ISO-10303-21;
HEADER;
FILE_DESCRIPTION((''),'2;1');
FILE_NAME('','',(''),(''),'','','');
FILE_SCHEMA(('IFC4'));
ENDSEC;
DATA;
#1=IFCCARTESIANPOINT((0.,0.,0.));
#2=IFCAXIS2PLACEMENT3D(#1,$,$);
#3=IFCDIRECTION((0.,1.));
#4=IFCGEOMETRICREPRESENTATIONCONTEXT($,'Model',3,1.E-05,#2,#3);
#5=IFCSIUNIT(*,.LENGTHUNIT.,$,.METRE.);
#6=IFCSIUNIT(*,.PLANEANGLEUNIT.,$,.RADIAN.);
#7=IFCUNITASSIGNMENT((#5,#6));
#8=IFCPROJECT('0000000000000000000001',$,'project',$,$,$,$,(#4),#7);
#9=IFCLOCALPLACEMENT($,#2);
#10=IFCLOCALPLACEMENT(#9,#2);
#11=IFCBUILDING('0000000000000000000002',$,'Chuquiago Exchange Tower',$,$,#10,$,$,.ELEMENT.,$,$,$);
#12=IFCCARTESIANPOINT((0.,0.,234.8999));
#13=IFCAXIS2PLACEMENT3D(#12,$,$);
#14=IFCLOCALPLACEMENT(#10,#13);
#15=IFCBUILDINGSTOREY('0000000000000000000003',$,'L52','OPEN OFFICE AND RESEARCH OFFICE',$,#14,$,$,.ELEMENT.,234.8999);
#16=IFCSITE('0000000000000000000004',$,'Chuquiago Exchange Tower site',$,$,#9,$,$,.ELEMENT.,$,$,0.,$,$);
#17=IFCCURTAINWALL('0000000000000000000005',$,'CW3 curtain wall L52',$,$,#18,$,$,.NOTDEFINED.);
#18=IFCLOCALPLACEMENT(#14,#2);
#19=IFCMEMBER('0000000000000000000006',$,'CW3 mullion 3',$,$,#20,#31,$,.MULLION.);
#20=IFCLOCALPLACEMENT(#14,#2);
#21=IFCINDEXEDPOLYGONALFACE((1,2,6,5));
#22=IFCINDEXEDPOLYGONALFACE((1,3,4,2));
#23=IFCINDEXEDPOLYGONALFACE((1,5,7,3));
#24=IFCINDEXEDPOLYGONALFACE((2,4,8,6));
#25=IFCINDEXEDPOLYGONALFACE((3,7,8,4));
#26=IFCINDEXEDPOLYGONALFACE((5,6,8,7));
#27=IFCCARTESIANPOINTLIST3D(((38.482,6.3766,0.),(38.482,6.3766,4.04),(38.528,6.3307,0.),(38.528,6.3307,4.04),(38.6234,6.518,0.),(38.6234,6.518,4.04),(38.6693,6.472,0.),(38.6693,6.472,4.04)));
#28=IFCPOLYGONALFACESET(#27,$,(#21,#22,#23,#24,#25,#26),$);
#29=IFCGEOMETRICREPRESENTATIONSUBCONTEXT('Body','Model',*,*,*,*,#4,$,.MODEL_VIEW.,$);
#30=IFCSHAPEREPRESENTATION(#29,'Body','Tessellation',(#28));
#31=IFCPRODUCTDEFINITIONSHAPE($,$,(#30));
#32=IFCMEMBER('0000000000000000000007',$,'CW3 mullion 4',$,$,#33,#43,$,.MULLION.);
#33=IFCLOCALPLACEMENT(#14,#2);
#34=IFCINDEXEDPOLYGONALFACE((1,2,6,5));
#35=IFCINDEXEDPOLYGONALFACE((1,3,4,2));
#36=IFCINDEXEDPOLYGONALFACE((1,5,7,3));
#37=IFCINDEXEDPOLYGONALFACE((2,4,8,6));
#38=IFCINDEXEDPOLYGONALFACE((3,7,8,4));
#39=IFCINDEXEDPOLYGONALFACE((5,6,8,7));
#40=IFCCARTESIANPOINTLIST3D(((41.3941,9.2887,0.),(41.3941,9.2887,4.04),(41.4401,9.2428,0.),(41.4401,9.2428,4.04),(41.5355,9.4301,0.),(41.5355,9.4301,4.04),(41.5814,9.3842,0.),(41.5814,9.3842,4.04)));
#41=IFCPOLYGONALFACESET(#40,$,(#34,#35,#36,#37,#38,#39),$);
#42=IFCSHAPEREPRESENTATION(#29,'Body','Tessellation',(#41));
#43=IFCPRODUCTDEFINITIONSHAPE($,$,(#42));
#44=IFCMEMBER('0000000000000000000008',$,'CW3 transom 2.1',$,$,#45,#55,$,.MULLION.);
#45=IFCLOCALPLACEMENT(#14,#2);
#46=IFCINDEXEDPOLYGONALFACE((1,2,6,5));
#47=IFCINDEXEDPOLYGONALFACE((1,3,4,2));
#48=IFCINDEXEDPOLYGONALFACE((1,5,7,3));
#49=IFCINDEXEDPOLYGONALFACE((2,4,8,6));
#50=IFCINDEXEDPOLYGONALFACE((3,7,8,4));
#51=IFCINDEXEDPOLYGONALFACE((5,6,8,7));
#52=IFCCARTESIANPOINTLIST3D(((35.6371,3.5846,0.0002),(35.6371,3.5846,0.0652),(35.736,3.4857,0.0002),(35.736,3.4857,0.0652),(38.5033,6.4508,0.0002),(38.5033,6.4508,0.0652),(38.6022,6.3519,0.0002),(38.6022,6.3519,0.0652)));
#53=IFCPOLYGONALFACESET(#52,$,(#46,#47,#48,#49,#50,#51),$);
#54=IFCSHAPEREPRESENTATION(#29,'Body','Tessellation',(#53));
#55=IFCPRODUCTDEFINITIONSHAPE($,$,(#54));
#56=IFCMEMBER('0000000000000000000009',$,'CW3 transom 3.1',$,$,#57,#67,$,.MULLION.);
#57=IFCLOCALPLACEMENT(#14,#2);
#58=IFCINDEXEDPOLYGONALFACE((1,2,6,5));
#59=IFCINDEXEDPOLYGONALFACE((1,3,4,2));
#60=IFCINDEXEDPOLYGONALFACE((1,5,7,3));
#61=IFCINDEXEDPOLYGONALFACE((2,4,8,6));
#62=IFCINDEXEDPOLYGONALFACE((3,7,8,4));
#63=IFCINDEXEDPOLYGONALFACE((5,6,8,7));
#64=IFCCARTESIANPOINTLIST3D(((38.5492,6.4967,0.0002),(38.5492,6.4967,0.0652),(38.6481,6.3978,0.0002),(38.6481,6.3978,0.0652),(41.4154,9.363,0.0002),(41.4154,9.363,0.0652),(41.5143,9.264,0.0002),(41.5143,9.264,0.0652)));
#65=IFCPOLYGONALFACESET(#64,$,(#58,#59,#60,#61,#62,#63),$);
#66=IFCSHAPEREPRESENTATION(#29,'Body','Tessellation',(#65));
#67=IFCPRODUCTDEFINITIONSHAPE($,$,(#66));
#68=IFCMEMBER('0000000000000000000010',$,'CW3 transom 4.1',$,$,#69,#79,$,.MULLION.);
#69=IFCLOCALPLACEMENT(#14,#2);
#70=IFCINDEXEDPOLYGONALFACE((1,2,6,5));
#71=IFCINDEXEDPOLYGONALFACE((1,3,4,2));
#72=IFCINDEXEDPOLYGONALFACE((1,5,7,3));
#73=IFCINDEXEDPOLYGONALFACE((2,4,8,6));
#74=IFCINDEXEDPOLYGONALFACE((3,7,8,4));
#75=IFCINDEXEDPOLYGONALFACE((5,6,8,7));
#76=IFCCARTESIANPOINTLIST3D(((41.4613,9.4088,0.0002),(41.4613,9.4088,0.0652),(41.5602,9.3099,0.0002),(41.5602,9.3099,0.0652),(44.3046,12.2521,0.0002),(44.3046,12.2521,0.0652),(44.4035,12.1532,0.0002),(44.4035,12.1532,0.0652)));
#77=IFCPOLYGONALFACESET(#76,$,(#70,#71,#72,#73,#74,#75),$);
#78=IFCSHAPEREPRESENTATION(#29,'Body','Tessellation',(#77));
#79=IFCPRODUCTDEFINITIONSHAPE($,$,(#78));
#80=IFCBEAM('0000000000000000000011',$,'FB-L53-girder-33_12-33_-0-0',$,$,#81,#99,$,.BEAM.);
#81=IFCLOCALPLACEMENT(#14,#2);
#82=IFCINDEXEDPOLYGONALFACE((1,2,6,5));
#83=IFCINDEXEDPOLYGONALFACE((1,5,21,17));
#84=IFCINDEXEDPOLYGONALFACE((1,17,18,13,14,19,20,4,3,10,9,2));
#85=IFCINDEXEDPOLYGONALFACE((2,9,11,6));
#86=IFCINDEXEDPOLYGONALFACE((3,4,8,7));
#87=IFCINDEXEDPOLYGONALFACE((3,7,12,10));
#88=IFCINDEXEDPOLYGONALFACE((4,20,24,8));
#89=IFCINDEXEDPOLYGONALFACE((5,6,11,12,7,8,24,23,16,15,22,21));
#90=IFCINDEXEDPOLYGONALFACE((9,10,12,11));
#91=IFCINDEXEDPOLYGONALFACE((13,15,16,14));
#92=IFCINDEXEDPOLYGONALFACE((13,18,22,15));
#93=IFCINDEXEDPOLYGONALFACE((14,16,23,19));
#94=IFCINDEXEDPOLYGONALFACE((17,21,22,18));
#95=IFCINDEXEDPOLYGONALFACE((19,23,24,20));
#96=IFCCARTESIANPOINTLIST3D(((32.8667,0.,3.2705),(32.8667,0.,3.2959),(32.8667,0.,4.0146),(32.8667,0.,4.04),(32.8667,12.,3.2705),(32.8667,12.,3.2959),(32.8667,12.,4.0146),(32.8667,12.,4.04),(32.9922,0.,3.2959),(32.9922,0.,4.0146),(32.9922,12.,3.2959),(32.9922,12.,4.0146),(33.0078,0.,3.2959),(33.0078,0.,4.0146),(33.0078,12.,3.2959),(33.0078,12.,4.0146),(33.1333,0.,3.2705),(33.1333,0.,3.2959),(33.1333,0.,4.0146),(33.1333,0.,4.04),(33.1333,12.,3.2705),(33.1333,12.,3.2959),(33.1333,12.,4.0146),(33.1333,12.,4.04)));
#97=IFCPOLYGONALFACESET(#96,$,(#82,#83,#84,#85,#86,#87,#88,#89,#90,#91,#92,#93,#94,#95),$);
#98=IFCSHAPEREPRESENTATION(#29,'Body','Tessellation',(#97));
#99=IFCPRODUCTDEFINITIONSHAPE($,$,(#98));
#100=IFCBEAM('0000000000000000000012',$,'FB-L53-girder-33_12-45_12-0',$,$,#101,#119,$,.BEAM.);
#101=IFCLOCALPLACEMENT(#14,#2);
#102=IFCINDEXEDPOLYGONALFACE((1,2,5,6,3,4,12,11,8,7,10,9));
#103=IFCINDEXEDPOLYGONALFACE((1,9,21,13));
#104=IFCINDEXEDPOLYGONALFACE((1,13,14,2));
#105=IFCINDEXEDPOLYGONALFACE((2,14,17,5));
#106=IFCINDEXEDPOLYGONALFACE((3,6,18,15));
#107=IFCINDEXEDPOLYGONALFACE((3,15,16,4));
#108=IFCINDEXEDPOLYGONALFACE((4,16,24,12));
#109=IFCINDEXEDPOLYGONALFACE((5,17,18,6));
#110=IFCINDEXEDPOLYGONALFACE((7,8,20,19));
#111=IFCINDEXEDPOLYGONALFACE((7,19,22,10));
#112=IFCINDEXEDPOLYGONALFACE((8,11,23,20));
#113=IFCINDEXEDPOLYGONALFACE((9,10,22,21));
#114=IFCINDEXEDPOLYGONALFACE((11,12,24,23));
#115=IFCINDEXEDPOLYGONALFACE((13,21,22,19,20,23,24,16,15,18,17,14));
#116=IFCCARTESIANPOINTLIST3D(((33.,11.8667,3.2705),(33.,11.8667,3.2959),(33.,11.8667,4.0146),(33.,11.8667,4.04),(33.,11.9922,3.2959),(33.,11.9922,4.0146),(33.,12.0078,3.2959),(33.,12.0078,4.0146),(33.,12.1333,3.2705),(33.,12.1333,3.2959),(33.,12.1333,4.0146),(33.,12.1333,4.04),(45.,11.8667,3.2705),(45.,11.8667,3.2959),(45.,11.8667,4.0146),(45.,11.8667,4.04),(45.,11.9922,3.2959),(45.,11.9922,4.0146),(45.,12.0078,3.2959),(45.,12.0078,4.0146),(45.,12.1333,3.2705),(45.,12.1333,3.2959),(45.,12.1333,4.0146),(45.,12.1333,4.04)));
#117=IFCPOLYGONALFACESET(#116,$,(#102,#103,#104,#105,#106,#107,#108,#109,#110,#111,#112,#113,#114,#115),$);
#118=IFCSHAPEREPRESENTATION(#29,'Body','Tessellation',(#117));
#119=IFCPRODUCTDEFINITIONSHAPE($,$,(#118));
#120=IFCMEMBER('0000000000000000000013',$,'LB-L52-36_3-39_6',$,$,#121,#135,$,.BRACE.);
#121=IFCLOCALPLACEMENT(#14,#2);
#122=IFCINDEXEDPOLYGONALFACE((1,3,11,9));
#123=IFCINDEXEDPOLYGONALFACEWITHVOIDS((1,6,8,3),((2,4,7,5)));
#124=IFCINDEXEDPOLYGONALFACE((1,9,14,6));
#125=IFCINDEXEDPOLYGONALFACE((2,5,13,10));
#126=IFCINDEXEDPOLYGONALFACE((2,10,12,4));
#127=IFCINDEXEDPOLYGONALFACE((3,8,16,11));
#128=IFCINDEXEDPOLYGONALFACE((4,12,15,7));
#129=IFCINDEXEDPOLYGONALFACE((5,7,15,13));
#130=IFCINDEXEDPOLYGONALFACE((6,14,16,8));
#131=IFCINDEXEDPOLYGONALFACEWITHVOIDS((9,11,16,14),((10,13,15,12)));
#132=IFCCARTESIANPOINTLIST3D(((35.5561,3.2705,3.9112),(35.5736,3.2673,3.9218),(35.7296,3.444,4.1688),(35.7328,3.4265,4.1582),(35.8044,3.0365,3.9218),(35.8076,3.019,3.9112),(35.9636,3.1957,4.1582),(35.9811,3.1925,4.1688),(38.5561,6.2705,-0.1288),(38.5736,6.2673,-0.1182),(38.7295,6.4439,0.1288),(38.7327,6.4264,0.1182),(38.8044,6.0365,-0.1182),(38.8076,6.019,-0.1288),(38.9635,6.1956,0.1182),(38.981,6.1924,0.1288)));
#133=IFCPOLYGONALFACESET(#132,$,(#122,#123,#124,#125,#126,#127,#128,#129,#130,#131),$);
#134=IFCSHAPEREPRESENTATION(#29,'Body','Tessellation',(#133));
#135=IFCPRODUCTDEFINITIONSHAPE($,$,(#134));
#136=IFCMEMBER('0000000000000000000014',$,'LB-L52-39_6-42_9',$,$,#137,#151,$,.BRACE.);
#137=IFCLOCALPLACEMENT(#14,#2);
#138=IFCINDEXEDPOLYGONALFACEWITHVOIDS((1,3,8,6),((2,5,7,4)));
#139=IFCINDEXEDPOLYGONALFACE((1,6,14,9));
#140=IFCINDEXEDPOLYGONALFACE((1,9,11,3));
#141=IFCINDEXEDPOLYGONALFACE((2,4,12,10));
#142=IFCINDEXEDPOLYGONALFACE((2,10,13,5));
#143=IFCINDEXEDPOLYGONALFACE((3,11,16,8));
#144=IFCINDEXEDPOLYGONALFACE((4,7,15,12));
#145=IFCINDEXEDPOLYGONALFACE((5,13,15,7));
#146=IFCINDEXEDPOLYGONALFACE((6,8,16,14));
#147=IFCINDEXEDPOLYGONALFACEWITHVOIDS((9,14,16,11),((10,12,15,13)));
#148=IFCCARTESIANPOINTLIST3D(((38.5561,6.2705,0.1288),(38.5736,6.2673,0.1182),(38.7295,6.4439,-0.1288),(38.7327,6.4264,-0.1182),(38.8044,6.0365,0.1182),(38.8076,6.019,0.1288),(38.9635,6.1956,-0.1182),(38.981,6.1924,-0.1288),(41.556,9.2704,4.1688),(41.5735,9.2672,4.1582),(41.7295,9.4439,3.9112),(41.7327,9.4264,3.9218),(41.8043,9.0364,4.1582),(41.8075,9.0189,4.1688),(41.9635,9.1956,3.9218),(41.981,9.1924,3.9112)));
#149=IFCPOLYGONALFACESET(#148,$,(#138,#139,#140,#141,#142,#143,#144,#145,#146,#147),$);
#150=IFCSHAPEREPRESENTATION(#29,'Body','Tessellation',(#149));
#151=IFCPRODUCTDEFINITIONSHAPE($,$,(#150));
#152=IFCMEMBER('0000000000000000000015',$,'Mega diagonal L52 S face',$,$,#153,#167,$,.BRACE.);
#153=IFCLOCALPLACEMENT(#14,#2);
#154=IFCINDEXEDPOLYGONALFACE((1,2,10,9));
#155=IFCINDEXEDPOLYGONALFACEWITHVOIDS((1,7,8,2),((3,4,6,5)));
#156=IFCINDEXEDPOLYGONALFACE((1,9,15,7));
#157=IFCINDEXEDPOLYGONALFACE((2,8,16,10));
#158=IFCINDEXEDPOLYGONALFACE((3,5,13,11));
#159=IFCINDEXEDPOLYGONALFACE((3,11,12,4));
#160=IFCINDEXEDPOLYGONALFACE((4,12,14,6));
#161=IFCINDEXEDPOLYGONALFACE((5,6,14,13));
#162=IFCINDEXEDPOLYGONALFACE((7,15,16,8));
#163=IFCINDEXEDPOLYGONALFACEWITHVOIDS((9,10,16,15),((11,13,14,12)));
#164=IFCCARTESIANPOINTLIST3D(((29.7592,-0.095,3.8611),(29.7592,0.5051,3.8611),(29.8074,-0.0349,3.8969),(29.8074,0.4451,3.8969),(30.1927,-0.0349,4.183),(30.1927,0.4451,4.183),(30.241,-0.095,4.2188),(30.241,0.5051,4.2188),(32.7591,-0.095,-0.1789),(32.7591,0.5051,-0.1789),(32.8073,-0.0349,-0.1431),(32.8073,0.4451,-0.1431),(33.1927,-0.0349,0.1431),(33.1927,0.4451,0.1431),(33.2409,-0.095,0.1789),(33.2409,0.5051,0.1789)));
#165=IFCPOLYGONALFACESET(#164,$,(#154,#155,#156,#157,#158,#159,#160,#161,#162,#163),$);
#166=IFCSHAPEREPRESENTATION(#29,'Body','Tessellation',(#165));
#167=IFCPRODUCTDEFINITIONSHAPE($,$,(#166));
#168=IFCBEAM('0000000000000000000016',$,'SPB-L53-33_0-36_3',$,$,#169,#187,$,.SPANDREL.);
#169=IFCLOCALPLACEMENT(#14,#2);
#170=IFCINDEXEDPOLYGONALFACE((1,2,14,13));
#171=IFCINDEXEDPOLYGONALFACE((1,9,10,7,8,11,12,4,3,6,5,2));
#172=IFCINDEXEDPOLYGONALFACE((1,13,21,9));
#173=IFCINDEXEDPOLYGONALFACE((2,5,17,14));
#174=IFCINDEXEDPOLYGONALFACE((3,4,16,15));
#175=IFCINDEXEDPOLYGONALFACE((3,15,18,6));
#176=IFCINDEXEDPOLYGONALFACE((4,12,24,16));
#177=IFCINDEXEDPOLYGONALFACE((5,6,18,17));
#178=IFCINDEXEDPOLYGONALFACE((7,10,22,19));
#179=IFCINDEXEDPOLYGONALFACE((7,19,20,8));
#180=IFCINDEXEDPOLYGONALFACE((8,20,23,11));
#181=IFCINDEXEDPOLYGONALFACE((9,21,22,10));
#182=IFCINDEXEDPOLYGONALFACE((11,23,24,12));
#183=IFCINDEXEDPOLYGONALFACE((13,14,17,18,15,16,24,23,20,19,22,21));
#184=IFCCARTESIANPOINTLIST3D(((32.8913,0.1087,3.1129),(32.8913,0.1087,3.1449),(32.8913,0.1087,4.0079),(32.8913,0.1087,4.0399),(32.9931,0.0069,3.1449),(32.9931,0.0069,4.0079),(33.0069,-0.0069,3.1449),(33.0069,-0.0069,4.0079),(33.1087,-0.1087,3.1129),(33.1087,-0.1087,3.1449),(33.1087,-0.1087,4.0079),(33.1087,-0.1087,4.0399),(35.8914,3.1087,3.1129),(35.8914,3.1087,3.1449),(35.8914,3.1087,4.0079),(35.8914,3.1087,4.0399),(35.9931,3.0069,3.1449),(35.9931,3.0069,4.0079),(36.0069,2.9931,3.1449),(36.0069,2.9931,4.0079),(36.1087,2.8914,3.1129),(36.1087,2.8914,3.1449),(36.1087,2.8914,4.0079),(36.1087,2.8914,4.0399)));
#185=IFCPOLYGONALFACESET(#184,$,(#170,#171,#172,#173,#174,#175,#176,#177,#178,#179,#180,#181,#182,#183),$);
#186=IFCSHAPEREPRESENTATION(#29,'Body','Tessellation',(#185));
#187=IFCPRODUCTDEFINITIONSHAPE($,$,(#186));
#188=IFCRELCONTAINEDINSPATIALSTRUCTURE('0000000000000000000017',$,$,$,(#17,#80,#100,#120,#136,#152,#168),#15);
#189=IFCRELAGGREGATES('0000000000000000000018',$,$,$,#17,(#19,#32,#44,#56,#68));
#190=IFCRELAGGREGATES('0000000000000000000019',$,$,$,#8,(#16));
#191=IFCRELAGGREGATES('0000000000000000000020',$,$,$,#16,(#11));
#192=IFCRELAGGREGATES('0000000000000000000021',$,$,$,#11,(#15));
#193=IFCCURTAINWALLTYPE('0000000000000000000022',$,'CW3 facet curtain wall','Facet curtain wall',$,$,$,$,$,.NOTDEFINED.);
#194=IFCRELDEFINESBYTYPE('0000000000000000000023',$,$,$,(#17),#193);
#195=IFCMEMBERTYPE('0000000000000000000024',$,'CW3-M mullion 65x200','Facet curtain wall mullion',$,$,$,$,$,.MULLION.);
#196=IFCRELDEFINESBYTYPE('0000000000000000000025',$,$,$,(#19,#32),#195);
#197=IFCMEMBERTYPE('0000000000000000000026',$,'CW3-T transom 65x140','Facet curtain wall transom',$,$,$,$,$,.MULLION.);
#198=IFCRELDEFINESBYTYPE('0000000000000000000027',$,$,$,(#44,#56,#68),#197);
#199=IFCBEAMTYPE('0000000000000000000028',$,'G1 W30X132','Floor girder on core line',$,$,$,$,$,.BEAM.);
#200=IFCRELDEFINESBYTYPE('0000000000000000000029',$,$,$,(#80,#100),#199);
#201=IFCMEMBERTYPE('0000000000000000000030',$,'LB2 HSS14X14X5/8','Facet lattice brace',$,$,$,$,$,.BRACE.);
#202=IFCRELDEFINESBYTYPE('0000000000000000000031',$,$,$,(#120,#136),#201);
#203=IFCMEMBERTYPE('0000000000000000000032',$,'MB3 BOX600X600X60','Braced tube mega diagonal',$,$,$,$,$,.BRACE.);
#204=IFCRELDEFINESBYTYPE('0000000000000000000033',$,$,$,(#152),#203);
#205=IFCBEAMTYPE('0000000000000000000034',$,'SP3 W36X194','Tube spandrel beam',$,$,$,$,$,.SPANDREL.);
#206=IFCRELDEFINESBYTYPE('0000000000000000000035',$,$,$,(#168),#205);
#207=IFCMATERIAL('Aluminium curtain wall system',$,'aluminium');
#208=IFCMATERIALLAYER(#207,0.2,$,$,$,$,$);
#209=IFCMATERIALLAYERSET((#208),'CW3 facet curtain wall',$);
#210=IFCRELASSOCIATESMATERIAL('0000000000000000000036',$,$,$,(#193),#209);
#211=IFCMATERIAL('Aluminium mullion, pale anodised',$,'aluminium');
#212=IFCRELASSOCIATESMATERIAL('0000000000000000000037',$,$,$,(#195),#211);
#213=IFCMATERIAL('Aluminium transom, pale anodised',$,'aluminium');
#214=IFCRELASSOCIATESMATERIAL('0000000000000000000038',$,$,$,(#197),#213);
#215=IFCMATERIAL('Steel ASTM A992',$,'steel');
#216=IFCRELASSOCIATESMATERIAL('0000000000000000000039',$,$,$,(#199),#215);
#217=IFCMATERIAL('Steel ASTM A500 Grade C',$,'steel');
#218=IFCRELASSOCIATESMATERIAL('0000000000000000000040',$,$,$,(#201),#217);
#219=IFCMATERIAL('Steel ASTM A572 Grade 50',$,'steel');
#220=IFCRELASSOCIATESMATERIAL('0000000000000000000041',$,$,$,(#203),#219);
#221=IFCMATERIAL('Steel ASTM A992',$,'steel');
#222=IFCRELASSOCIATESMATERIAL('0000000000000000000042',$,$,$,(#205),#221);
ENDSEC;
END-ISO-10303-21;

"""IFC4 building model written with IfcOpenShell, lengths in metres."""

from ifc_helpers import new_model, si_unit, direction, frame, origin, origin_2d, place, context, subcontext, project, spatial, rectangle, hollow_rectangle, i_section, extrude, material, layer, layer_set, material_profile, profile_set, type_object, element, aggregate, save


model = new_model("IFC4")

# Units and contexts
model_context = context("Model", 3, precision=1e-05, world=origin(), true_north=direction((0.0, 1.0)))
body_context = subcontext(model_context, "Body", "Model", "MODEL_VIEW")
ifc_project = project(units=[si_unit("LENGTHUNIT", "METRE"), si_unit("PLANEANGLEUNIT", "RADIAN")], contexts=[model_context])

# Site, building, storey
site_placement = place(None, origin())
site = spatial("IfcSite", under=ifc_project, at=site_placement, Name="Chuquiago Exchange Tower site", CompositionType="ELEMENT", RefElevation=0.0)
building_placement = place(site_placement, origin())
building = spatial("IfcBuilding", under=site, at=building_placement, Name="Chuquiago Exchange Tower", CompositionType="ELEMENT")
storey_placement = place(building_placement, frame((0.0, 0.0, 234.8999)))
storey = spatial("IfcBuildingStorey", under=building, at=storey_placement, Name="L52", Description="OPEN OFFICE AND RESEARCH OFFICE", CompositionType="ELEMENT", Elevation=234.8999)

# Curtain wall, members
ifc_material_1 = material(Name="Aluminium curtain wall system", Category="aluminium")
ifc_layer_1 = layer(ifc_material_1, 0.2)
ifc_layer_set_1 = layer_set([ifc_layer_1], Name="CW3 facet curtain wall")
curtain_wall_type = type_object("IfcCurtainWallType", Name="CW3 facet curtain wall", Description="Facet curtain wall", PredefinedType="NOTDEFINED", material=ifc_layer_set_1)
curtain_wall_placement = place(storey_placement, origin())
curtain_wall = element("IfcCurtainWall", 1, at=curtain_wall_placement, inside=storey, type_object=curtain_wall_type, Name="CW3 curtain wall L52", PredefinedType="NOTDEFINED")
ifc_material_2 = material(Name="Aluminium mullion, pale anodised", Category="aluminium")
ifc_material_profile_1 = material_profile(ifc_material_2, rectangle(XDim=0.0649, YDim=0.2, at=origin_2d()), Name="AL 65x200")
ifc_profile_set_1 = profile_set([ifc_material_profile_1], Name="Aluminium mullion, pale anodised")
member_type_1 = type_object("IfcMemberType", Name="CW3-M mullion 65x200", Description="Facet curtain wall mullion", PredefinedType="MULLION", material=ifc_profile_set_1)
member_1_placement = place(storey_placement, frame((38.5757, 6.4243, 0.0), z_axis=(0.0, 0.0, 1.0), x_axis=(-0.707107, 0.707107, 0.0)))
member_1 = element("IfcMember", 2, at=member_1_placement, type_object=member_type_1, Name="CW3 mullion 3", PredefinedType="MULLION", context=body_context, shape_type="SweptSolid", body=[
    extrude(rectangle(XDim=0.0649, YDim=0.2, at=origin_2d()), origin(), (0.0, 0.0, 1.0), 4.04),
])
member_2_placement = place(storey_placement, frame((41.4878, 9.3364, 0.0), z_axis=(0.0, 0.0, 1.0), x_axis=(-0.707107, 0.707107, 0.0)))
member_2 = element("IfcMember", 3, at=member_2_placement, type_object=member_type_1, Name="CW3 mullion 4", PredefinedType="MULLION", context=body_context, shape_type="SweptSolid", body=[
    extrude(rectangle(XDim=0.0649, YDim=0.2, at=origin_2d()), origin(), (0.0, 0.0, 1.0), 4.04),
])
ifc_material_3 = material(Name="Aluminium transom, pale anodised", Category="aluminium")
ifc_material_profile_2 = material_profile(ifc_material_3, rectangle(XDim=0.1399, YDim=0.0649, at=origin_2d()), Name="AL 140x65")
ifc_profile_set_2 = profile_set([ifc_material_profile_2], Name="Aluminium transom, pale anodised")
member_type_2 = type_object("IfcMemberType", Name="CW3-T transom 65x140", Description="Facet curtain wall transom", PredefinedType="MULLION", material=ifc_profile_set_2)
member_3_placement = place(storey_placement, frame((35.6865, 3.5352, 0.0327), z_axis=(0.707107, 0.707107, 0.0), x_axis=(-0.707107, 0.707107, 0.0)))
member_3 = element("IfcMember", 4, at=member_3_placement, type_object=member_type_2, Name="CW3 transom 2.1", PredefinedType="MULLION", context=body_context, shape_type="SweptSolid", body=[
    extrude(rectangle(XDim=0.1399, YDim=0.0649, at=origin_2d()), origin(), (0.0, 0.0, 1.0), 4.0535),
])
member_4_placement = place(storey_placement, frame((38.5986, 6.4473, 0.0327), z_axis=(0.707107, 0.707107, 0.0), x_axis=(-0.707107, 0.707107, 0.0)))
member_4 = element("IfcMember", 5, at=member_4_placement, type_object=member_type_2, Name="CW3 transom 3.1", PredefinedType="MULLION", context=body_context, shape_type="SweptSolid", body=[
    extrude(rectangle(XDim=0.1399, YDim=0.0649, at=origin_2d()), origin(), (0.0, 0.0, 1.0), 4.0535),
])
member_5_placement = place(storey_placement, frame((41.5107, 9.3594, 0.0327), z_axis=(0.707107, 0.707107, 0.0), x_axis=(-0.707107, 0.707107, 0.0)))
member_5 = element("IfcMember", 6, at=member_5_placement, type_object=member_type_2, Name="CW3 transom 4.1", PredefinedType="MULLION", context=body_context, shape_type="SweptSolid", body=[
    extrude(rectangle(XDim=0.1399, YDim=0.0649, at=origin_2d()), origin(), (0.0, 0.0, 1.0), 4.021),
])

# Beams
ifc_material_4 = material(Name="Steel ASTM A992", Category="steel")
ifc_material_profile_3 = material_profile(ifc_material_4, i_section(OverallWidth=0.2666, OverallDepth=0.7695, WebThickness=0.0156, FlangeThickness=0.0254, at=origin_2d()), Name="W30X132")
ifc_profile_set_3 = profile_set([ifc_material_profile_3], Name="Steel ASTM A992")
beam_type_1 = type_object("IfcBeamType", Name="G1 W30X132", Description="Floor girder on core line", PredefinedType="BEAM", material=ifc_profile_set_3)
for number, where, z_axis, x_axis, name in (
    (7, (33.0, 12.0, 3.6553), (0.0, -1.0, 0.0), (1.0, 0.0, 0.0), "FB-L53-girder-33_12-33_-0-0"),
    (8, (33.0, 12.0, 3.6553), (1.0, 0.0, 0.0), (0.0, 1.0, 0.0), "FB-L53-girder-33_12-45_12-0"),
):
    element("IfcBeam", number, at=place(storey_placement, frame(where, z_axis=z_axis, x_axis=x_axis)), inside=storey, type_object=beam_type_1, Name=name, PredefinedType="BEAM", context=body_context, shape_type="SweptSolid", body=[
        extrude(i_section(OverallWidth=0.2666, OverallDepth=0.7695, WebThickness=0.0156, FlangeThickness=0.0254, at=origin_2d()), origin(), (0.0, 0.0, 1.0), 12.0),
    ])

# Members
ifc_material_5 = material(Name="Steel ASTM A500 Grade C", Category="steel")
ifc_material_profile_4 = material_profile(ifc_material_5, hollow_rectangle(XDim=0.3557, YDim=0.3557, WallThickness=0.0146, at=origin_2d()), Name="HSS14X14X5/8")
ifc_profile_set_4 = profile_set([ifc_material_profile_4], Name="Steel ASTM A500 Grade C")
member_type_3 = type_object("IfcMemberType", Name="LB2 HSS14X14X5/8", Description="Facet lattice brace", PredefinedType="BRACE", material=ifc_profile_set_4)
for number, where, z_axis, x_axis, name in (
    (9, (38.7686, 6.2314, 0.0), (-0.512077, -0.512077, 0.689604), (0.707107, -0.707107, 0.0), "LB-L52-36_3-39_6"),
    (10, (38.7686, 6.2314, 0.0), (0.512077, 0.512077, 0.689604), (-0.707107, 0.707107, 0.0), "LB-L52-39_6-42_9"),
):
    element("IfcMember", number, at=place(storey_placement, frame(where, z_axis=z_axis, x_axis=x_axis)), inside=storey, type_object=member_type_3, Name=name, PredefinedType="BRACE", context=body_context, shape_type="SweptSolid", body=[
        extrude(hollow_rectangle(XDim=0.3557, YDim=0.3557, WallThickness=0.0146, at=origin_2d()), origin(), (0.0, 0.0, 1.0), 5.8584),
    ])
ifc_material_6 = material(Name="Steel ASTM A572 Grade 50", Category="steel")
ifc_material_profile_5 = material_profile(ifc_material_6, hollow_rectangle(XDim=0.6001, YDim=0.6001, WallThickness=0.0601, at=origin_2d()), Name="BOX600X600X60")
ifc_profile_set_5 = profile_set([ifc_material_profile_5], Name="Steel ASTM A572 Grade 50")
member_type_4 = type_object("IfcMemberType", Name="MB3 BOX600X600X60", Description="Braced tube mega diagonal", PredefinedType="BRACE", material=ifc_profile_set_5)
member_6_placement = place(storey_placement, frame((33.0, 0.2051, 0.0), z_axis=(-0.596174, 0.0, 0.802855), x_axis=(0.0, -1.0, 0.0)))
element("IfcMember", 11, at=member_6_placement, inside=storey, type_object=member_type_4, Name="Mega diagonal L52 S face", PredefinedType="BRACE", context=body_context, shape_type="SweptSolid", body=[
    extrude(hollow_rectangle(XDim=0.6001, YDim=0.6001, WallThickness=0.0601, at=origin_2d()), origin(), (0.0, 0.0, 1.0), 5.032),
])

# Beam
ifc_material_7 = material(Name="Steel ASTM A992", Category="steel")
ifc_material_profile_6 = material_profile(ifc_material_7, i_section(OverallWidth=0.3074, OverallDepth=0.927, WebThickness=0.0195, FlangeThickness=0.032, at=origin_2d()), Name="W36X194")
ifc_profile_set_6 = profile_set([ifc_material_profile_6], Name="Steel ASTM A992")
beam_type_2 = type_object("IfcBeamType", Name="SP3 W36X194", Description="Tube spandrel beam", PredefinedType="SPANDREL", material=ifc_profile_set_6)
for number, where, z_axis, x_axis, name in (
    (12, (33.0, 0.0, 3.5764), (0.707107, 0.707107, 0.0), (-0.707107, 0.707107, 0.0), "SPB-L53-33_0-36_3"),
):
    element("IfcBeam", number, at=place(storey_placement, frame(where, z_axis=z_axis, x_axis=x_axis)), inside=storey, type_object=beam_type_2, Name=name, PredefinedType="SPANDREL", context=body_context, shape_type="SweptSolid", body=[
        extrude(i_section(OverallWidth=0.3074, OverallDepth=0.927, WebThickness=0.0195, FlangeThickness=0.032, at=origin_2d()), origin(), (0.0, 0.0, 1.0), 4.2427),
    ])

aggregate(curtain_wall, [member_1, member_2, member_3, member_4, member_5])

save(model, "model.ifc")
